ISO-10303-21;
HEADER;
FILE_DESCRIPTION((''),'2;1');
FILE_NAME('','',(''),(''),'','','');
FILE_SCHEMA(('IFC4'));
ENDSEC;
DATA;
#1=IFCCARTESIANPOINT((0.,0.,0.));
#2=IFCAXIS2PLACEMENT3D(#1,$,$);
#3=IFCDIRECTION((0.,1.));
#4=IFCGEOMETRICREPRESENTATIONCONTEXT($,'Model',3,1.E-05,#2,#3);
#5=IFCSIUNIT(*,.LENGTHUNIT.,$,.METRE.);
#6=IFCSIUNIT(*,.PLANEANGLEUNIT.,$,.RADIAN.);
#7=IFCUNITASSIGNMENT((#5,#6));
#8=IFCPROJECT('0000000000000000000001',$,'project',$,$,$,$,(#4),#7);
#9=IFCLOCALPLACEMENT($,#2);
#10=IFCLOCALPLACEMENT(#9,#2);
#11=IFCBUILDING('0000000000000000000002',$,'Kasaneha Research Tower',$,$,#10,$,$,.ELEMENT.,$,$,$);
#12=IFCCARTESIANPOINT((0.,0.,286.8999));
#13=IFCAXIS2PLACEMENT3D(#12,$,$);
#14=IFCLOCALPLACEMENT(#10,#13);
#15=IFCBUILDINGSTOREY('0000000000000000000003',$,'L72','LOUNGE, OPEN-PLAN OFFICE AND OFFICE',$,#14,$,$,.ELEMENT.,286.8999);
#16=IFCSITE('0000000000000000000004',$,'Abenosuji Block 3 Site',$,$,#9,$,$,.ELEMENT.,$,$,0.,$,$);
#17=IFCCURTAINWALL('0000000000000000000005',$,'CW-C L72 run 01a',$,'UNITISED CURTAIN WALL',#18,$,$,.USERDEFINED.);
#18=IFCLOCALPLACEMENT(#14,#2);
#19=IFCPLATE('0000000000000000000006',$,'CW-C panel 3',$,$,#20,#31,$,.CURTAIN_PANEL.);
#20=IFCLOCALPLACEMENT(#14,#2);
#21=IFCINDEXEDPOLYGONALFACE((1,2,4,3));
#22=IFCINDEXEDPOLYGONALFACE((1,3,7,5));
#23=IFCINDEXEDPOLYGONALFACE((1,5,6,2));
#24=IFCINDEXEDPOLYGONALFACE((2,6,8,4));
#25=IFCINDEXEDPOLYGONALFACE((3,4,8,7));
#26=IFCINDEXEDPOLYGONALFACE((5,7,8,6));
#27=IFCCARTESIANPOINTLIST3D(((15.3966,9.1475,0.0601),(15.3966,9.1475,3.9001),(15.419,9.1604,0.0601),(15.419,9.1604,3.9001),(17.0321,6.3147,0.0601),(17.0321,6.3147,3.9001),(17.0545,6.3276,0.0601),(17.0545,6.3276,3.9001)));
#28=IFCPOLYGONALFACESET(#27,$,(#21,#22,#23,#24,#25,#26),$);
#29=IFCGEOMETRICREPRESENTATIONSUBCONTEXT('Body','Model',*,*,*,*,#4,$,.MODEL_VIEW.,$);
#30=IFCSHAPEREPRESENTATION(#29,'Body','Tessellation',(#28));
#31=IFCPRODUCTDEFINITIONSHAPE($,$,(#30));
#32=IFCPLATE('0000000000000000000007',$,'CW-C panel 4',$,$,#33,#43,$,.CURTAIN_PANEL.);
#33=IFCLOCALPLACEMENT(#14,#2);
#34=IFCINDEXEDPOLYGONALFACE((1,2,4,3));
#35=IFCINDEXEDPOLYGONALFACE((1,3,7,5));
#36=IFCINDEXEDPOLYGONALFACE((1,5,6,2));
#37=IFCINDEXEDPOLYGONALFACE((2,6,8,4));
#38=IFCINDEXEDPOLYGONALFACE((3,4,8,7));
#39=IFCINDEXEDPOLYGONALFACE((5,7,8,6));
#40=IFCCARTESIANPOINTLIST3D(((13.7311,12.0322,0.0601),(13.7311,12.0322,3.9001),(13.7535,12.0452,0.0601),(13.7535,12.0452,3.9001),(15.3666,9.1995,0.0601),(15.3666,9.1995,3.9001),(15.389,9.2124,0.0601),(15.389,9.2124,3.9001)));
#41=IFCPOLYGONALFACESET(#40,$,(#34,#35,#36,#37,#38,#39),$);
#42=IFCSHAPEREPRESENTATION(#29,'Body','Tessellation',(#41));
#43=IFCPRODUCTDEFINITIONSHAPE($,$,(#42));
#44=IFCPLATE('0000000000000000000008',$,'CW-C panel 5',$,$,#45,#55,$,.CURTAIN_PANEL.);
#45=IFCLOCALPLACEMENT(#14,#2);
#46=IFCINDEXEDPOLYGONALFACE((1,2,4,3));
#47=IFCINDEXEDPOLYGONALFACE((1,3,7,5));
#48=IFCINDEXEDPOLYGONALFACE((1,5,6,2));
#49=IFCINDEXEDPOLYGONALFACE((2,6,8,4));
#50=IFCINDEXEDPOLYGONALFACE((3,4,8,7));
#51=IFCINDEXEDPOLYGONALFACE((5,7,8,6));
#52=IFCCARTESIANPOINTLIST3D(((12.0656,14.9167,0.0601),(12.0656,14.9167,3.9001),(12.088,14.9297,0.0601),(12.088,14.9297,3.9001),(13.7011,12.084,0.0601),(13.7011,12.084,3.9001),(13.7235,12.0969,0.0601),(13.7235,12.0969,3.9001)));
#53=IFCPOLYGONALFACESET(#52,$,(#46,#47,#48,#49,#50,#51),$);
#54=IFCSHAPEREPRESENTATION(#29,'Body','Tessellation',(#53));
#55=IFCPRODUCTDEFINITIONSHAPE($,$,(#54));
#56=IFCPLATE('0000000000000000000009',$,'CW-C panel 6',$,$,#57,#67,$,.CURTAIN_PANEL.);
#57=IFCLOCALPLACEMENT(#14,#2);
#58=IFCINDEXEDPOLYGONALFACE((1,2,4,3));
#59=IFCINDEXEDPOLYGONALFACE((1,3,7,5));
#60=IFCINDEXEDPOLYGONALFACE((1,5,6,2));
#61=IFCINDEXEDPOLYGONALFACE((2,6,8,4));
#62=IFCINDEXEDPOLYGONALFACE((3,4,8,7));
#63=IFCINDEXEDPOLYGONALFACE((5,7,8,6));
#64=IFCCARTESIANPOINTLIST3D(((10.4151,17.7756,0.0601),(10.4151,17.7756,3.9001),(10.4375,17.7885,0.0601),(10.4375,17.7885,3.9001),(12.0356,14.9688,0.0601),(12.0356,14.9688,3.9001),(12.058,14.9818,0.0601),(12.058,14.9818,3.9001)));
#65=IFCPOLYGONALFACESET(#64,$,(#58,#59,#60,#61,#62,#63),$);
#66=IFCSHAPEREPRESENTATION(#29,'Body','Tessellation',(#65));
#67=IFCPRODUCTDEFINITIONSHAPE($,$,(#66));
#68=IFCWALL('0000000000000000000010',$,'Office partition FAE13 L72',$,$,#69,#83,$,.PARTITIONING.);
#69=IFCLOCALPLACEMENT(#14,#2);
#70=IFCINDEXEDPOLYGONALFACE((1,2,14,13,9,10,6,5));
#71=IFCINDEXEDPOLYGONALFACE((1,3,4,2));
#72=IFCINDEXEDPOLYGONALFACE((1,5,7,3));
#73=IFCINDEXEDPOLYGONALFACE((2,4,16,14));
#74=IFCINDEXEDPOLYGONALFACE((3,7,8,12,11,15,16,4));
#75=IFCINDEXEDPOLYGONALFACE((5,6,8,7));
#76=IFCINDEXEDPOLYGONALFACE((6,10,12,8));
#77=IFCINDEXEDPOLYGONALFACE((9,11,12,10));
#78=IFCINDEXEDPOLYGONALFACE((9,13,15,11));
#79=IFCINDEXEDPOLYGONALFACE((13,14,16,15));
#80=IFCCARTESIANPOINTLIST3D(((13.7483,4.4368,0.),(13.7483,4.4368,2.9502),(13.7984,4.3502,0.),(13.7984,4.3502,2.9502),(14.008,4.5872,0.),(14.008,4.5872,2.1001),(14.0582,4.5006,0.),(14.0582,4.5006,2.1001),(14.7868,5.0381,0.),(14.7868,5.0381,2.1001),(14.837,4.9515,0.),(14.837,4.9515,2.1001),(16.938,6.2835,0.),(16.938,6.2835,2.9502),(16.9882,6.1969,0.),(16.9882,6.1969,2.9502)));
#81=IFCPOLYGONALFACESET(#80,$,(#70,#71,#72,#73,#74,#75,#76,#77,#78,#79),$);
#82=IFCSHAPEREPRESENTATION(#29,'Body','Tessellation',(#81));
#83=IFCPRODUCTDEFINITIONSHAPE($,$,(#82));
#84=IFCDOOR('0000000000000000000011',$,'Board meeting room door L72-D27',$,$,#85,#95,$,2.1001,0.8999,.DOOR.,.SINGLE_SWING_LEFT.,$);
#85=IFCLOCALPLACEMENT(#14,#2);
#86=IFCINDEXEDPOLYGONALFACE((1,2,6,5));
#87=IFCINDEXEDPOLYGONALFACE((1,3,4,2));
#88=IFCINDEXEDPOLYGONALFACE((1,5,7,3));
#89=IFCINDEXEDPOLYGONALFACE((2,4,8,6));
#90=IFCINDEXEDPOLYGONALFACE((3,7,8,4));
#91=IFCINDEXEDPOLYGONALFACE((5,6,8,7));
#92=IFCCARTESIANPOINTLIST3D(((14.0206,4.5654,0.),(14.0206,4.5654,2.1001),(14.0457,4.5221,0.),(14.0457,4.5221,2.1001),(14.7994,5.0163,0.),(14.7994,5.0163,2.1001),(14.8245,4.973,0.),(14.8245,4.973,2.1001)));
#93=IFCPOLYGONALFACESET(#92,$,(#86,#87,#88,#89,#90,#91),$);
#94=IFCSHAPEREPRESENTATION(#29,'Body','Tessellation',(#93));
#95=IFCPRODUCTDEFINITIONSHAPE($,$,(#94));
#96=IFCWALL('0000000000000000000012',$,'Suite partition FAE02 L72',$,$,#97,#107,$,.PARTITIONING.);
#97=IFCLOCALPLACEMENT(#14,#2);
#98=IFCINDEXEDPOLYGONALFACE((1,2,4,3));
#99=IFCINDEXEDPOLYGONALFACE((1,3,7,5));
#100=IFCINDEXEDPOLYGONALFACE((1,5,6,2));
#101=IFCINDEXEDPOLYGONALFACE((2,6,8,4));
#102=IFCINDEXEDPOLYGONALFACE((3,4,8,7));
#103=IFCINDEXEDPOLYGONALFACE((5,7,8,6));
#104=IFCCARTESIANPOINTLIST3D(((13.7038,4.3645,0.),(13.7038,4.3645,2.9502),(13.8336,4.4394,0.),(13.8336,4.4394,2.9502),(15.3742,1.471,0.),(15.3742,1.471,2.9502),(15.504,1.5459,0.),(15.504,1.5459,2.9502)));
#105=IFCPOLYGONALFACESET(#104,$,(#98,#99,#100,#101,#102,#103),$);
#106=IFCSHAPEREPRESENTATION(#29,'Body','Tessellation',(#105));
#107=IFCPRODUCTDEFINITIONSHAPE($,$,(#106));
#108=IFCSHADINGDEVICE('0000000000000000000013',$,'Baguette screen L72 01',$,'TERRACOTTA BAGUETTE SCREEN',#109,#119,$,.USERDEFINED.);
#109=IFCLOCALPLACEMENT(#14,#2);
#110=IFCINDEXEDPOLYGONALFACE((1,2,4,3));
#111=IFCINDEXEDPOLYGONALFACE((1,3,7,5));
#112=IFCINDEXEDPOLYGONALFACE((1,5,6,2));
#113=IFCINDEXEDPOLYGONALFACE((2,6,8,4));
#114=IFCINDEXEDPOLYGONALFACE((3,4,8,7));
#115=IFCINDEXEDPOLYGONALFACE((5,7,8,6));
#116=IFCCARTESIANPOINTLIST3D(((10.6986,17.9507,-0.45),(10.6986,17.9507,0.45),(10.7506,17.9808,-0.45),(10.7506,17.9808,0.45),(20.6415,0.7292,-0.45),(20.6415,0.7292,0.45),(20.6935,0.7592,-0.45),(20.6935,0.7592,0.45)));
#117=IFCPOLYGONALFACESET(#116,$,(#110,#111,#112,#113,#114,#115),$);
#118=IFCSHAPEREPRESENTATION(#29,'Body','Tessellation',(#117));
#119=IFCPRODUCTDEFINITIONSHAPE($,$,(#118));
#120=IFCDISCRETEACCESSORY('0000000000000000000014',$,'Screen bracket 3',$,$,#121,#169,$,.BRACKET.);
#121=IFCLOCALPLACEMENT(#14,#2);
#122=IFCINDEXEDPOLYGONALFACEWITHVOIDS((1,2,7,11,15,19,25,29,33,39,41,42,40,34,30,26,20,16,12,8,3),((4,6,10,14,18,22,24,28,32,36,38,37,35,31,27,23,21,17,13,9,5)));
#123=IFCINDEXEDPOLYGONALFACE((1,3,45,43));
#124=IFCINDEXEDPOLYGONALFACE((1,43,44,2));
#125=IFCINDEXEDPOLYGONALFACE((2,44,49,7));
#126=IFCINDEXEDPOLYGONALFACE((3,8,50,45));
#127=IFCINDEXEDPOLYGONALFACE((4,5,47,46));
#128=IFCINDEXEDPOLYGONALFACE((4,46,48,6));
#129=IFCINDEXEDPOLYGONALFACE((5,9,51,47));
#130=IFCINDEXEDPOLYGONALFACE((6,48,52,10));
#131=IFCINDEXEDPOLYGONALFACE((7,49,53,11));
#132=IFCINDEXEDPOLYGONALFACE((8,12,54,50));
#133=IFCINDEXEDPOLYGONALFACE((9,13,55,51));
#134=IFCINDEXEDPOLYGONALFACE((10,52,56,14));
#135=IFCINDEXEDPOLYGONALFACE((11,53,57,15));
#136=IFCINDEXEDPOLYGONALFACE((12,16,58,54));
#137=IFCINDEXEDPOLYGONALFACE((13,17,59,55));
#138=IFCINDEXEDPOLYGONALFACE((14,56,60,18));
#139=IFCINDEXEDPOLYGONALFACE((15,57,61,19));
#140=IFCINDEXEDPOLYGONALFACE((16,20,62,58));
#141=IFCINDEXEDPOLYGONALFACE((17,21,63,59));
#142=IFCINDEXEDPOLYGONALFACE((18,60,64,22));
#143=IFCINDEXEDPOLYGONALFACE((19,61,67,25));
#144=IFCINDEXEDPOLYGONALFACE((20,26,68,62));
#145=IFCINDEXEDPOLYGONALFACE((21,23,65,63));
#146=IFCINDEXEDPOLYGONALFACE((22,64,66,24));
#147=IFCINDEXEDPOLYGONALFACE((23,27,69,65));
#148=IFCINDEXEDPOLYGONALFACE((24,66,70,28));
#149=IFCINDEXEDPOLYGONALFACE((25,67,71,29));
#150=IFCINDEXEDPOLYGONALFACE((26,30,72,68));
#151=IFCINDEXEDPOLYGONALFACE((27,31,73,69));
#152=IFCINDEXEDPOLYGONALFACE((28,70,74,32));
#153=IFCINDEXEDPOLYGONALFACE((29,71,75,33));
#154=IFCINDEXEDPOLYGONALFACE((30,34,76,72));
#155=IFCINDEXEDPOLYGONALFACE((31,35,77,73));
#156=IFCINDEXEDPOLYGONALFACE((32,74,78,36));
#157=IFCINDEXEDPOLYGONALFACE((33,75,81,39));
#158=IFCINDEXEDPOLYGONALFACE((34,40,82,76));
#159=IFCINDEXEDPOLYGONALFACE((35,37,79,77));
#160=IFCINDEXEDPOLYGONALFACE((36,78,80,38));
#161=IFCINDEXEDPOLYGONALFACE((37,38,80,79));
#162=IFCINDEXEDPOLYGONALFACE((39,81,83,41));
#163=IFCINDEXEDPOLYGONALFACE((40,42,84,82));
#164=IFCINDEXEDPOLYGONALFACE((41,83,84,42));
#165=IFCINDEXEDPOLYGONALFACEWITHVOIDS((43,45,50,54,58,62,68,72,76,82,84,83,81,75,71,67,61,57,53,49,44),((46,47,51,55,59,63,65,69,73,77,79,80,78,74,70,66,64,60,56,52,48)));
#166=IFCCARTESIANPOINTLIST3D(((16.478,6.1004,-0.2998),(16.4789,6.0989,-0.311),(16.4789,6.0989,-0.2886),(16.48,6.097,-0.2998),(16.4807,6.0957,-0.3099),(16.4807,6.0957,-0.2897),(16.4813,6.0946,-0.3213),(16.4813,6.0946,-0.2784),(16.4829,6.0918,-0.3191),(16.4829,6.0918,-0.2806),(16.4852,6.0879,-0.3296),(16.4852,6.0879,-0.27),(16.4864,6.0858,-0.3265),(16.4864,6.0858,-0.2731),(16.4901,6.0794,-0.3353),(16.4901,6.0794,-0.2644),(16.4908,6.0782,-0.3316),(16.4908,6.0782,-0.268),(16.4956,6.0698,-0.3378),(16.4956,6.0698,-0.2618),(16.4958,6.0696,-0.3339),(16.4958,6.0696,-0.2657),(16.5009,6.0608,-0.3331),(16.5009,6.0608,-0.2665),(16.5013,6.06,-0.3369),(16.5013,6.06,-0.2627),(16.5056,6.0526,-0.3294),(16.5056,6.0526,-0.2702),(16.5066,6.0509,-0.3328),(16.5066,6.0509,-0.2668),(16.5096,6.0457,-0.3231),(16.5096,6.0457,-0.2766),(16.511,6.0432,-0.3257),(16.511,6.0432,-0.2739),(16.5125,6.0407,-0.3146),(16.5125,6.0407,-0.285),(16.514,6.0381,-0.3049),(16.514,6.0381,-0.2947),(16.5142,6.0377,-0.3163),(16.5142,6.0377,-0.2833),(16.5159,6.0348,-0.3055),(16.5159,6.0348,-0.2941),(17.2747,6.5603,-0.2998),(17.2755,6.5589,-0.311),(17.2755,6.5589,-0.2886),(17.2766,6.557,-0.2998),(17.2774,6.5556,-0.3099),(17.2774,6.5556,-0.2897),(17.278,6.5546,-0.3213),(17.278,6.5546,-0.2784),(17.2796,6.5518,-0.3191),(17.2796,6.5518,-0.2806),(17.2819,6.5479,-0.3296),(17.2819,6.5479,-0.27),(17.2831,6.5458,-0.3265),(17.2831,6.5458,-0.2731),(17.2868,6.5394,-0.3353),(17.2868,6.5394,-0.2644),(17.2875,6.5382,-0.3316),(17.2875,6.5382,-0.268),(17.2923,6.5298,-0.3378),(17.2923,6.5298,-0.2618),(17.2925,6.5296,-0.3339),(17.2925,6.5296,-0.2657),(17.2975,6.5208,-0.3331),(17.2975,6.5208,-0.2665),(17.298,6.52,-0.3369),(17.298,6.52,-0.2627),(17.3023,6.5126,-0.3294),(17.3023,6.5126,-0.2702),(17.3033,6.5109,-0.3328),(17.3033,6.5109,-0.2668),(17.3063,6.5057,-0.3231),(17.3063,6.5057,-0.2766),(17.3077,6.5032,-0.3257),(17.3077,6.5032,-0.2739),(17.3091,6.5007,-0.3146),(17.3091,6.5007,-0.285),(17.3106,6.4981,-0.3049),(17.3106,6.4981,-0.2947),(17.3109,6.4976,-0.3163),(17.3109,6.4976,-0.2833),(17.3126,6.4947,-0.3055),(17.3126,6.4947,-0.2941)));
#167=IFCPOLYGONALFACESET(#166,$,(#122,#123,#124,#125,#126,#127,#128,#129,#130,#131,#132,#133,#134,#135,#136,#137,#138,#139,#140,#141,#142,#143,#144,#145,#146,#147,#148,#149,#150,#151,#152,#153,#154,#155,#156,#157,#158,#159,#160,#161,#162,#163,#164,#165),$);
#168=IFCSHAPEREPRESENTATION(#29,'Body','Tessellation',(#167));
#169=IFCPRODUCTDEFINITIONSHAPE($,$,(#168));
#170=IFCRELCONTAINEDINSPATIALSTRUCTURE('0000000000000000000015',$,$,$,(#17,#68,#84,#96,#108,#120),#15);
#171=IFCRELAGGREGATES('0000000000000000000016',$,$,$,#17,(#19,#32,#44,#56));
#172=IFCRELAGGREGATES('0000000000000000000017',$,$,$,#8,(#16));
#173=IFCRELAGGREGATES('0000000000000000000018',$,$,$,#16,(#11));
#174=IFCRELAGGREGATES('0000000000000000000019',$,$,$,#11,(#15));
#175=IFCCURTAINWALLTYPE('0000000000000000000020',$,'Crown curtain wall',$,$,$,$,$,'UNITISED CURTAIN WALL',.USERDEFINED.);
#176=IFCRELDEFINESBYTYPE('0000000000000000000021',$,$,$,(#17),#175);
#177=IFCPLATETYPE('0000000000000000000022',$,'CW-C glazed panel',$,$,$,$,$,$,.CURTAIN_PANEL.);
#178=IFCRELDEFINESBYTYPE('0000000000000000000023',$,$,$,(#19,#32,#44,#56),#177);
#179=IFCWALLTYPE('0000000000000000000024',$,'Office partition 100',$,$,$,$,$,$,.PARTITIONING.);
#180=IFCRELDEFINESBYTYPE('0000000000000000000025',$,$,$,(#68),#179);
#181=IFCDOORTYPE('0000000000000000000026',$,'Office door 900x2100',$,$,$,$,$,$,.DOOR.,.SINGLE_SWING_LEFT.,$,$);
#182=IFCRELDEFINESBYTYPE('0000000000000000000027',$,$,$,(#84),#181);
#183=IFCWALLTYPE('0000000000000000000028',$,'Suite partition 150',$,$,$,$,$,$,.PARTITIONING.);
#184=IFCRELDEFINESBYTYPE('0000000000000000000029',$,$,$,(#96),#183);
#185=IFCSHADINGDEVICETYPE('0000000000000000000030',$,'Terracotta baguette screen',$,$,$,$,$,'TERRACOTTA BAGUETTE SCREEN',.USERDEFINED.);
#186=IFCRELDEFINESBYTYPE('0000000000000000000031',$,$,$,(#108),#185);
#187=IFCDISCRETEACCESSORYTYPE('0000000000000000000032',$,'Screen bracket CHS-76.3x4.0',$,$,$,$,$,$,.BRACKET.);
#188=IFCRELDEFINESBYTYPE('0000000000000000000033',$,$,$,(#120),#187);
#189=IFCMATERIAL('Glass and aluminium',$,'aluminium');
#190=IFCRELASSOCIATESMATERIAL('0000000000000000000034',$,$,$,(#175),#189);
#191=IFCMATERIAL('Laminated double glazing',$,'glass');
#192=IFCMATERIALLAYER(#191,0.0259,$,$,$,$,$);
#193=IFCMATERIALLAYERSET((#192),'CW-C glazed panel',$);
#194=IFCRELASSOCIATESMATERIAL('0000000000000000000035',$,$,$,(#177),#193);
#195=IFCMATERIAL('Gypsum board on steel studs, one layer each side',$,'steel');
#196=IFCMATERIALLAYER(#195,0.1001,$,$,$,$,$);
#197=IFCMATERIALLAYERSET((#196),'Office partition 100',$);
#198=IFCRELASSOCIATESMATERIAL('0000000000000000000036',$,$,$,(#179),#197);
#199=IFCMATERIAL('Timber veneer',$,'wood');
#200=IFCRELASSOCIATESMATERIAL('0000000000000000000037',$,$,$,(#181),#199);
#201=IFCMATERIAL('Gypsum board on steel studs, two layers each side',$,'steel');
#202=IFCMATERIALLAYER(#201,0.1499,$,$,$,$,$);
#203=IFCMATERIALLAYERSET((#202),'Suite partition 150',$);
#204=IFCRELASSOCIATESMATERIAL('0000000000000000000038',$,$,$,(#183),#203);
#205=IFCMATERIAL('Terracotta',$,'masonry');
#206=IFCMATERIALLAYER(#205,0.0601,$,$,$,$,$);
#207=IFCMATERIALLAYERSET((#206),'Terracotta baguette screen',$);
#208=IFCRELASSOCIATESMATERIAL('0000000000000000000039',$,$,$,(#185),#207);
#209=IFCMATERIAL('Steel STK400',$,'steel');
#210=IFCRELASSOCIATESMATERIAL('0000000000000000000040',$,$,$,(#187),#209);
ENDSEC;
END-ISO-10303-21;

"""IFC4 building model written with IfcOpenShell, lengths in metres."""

from ifc_helpers import new_model, si_unit, direction, frame, frame_2d, origin, origin_2d, place, context, subcontext, project, spatial, rectangle, hollow_circle, extrude, material, layer, layer_set, material_profile, profile_set, type_object, element, fill, aggregate, save


model = new_model("IFC4")

# Units and contexts
model_context = context("Model", 3, precision=1e-05, world=origin(), true_north=direction((0.0, 1.0)))
body_context = subcontext(model_context, "Body", "Model", "MODEL_VIEW")
ifc_project = project(units=[si_unit("LENGTHUNIT", "METRE"), si_unit("PLANEANGLEUNIT", "RADIAN")], contexts=[model_context])

# Site, building, storey
site_placement = place(None, origin())
site = spatial("IfcSite", under=ifc_project, at=site_placement, Name="Abenosuji Block 3 Site", CompositionType="ELEMENT", RefElevation=0.0)
building_placement = place(site_placement, origin())
building = spatial("IfcBuilding", under=site, at=building_placement, Name="Kasaneha Research Tower", CompositionType="ELEMENT")
storey_placement = place(building_placement, frame((0.0, 0.0, 286.8999)))
storey = spatial("IfcBuildingStorey", under=building, at=storey_placement, Name="L72", Description="LOUNGE, OPEN-PLAN OFFICE AND OFFICE", CompositionType="ELEMENT", Elevation=286.8999)

# Curtain wall
ifc_material_1 = material(Name="Glass and aluminium", Category="aluminium")
curtain_wall_type = type_object("IfcCurtainWallType", Name="Crown curtain wall", ElementType="UNITISED CURTAIN WALL", PredefinedType="USERDEFINED", material=ifc_material_1)
curtain_wall_1_placement = place(storey_placement, origin())
curtain_wall_1 = element("IfcCurtainWall", 1, at=curtain_wall_1_placement, inside=storey, type_object=curtain_wall_type, Name="CW-C L72 run 01a", ObjectType="UNITISED CURTAIN WALL", PredefinedType="USERDEFINED")

# Plates
ifc_material_2 = material(Name="Laminated double glazing", Category="glass")
ifc_layer_1 = layer(ifc_material_2, 0.0259)
ifc_layer_set_1 = layer_set([ifc_layer_1], Name="CW-C glazed panel")
plate_type = type_object("IfcPlateType", Name="CW-C glazed panel", PredefinedType="CURTAIN_PANEL", material=ifc_layer_set_1)
plate_1_placement = place(storey_placement, frame((16.2256, 7.7375, 0.0601), z_axis=(0.0, 0.0, 1.0), x_axis=(-0.5, 0.866025, 0.0)))
plate_1 = element("IfcPlate", 2, at=plate_1_placement, type_object=plate_type, Name="CW-C panel 3", PredefinedType="CURTAIN_PANEL", context=body_context, shape_type="SweptSolid", body=[
    extrude(rectangle(XDim=3.271, YDim=0.0259, at=origin_2d()), origin(), (0.0, 0.0, 1.0), 3.8401),
])
plate_2_placement = place(storey_placement, frame((14.5601, 10.6223, 0.0601), z_axis=(0.0, 0.0, 1.0), x_axis=(-0.5, 0.866025, 0.0)))
plate_2 = element("IfcPlate", 3, at=plate_2_placement, type_object=plate_type, Name="CW-C panel 4", PredefinedType="CURTAIN_PANEL", context=body_context, shape_type="SweptSolid", body=[
    extrude(rectangle(XDim=3.271, YDim=0.0259, at=origin_2d()), origin(), (0.0, 0.0, 1.0), 3.8401),
])
plate_3_placement = place(storey_placement, frame((12.8945, 13.5068, 0.0601), z_axis=(0.0, 0.0, 1.0), x_axis=(-0.5, 0.866025, 0.0)))
plate_3 = element("IfcPlate", 4, at=plate_3_placement, type_object=plate_type, Name="CW-C panel 5", PredefinedType="CURTAIN_PANEL", context=body_context, shape_type="SweptSolid", body=[
    extrude(rectangle(XDim=3.271, YDim=0.0259, at=origin_2d()), origin(), (0.0, 0.0, 1.0), 3.8401),
])
plate_4_placement = place(storey_placement, frame((11.2366, 16.3787, 0.0601), z_axis=(0.0, 0.0, 1.0), x_axis=(-0.5, 0.866025, 0.0)))
plate_4 = element("IfcPlate", 5, at=plate_4_placement, type_object=plate_type, Name="CW-C panel 6", PredefinedType="CURTAIN_PANEL", context=body_context, shape_type="SweptSolid", body=[
    extrude(rectangle(XDim=3.241, YDim=0.0259, at=origin_2d()), origin(), (0.0, 0.0, 1.0), 3.8401),
])
aggregate(curtain_wall_1, [plate_1, plate_2, plate_3, plate_4])

# Wall, opening, door
ifc_material_3 = material(Name="Gypsum board on steel studs, one layer each side", Category="steel")
ifc_layer_2 = layer(ifc_material_3, 0.1001)
ifc_layer_set_2 = layer_set([ifc_layer_2], Name="Office partition 100")
wall_type_1 = type_object("IfcWallType", Name="Office partition 100", PredefinedType="PARTITIONING", material=ifc_layer_set_2)
wall_1_placement = place(storey_placement, frame((13.7734, 4.3936, 0.0), z_axis=(0.0, 0.0, 1.0), x_axis=(0.865425, 0.501039, 0.0)))
wall_1 = element("IfcWall", 6, at=wall_1_placement, inside=storey, type_object=wall_type_1, Name="Office partition FAE13 L72", PredefinedType="PARTITIONING", context=body_context, shape_type="SweptSolid", body=[
    extrude(rectangle(XDim=3.6858, YDim=0.1001, at=frame_2d((1.8428, 0.0))), origin(), (0.0, 0.0, 1.0), 2.9502),
])
opening_placement = place(wall_1_placement, frame((0.3, 0.0, 0.0)))
opening = element("IfcOpeningElement", 7, at=opening_placement, cuts=wall_1, PredefinedType="OPENING", context=body_context, shape_type="SweptSolid", body=[
    extrude(rectangle(XDim=0.8999, YDim=2.1001, at=frame_2d((0.45, 1.05))), frame((0.0, 0.0601, 0.0), z_axis=(0.0, -1.0, 0.0), x_axis=(1.0, 0.0, 0.0)), (0.0, 0.0, 1.0), 0.1201),
])
ifc_material_4 = material(Name="Timber veneer", Category="wood")
door_type = type_object("IfcDoorType", Name="Office door 900x2100", OperationType="SINGLE_SWING_LEFT", PredefinedType="DOOR", material=ifc_material_4)
door_placement = place(opening_placement, origin())
door = element("IfcDoor", 8, at=door_placement, inside=storey, type_object=door_type, Name="Board meeting room door L72-D27", OperationType="SINGLE_SWING_LEFT", OverallHeight=2.1001, OverallWidth=0.8999, PredefinedType="DOOR", context=body_context, shape_type="SweptSolid", body=[
    extrude(rectangle(XDim=0.8999, YDim=2.1001, at=frame_2d((0.45, 1.05))), frame((0.0, 0.0249, 0.0), z_axis=(0.0, -1.0, 0.0), x_axis=(1.0, 0.0, 0.0)), (0.0, 0.0, 1.0), 0.05),
])
fill(opening, door)

# Wall
ifc_material_5 = material(Name="Gypsum board on steel studs, two layers each side", Category="steel")
ifc_layer_3 = layer(ifc_material_5, 0.1499)
ifc_layer_set_3 = layer_set([ifc_layer_3], Name="Suite partition 150")
wall_type_2 = type_object("IfcWallType", Name="Suite partition 150", PredefinedType="PARTITIONING", material=ifc_layer_set_3)
wall_2_placement = place(storey_placement, frame((13.7688, 4.4019, 0.0), z_axis=(0.0, 0.0, 1.0), x_axis=(0.499959, -0.866049, 0.0)))
element("IfcWall", 9, at=wall_2_placement, inside=storey, type_object=wall_type_2, Name="Suite partition FAE02 L72", PredefinedType="PARTITIONING", context=body_context, shape_type="SweptSolid", body=[
    extrude(rectangle(XDim=3.3411, YDim=0.1499, at=frame_2d((1.6704, 0.0))), origin(), (0.0, 0.0, 1.0), 2.9502),
])

# Shading device
ifc_material_6 = material(Name="Terracotta", Category="masonry")
ifc_layer_4 = layer(ifc_material_6, 0.0601)
ifc_layer_set_4 = layer_set([ifc_layer_4], Name="Terracotta baguette screen")
shading_device_type = type_object("IfcShadingDeviceType", Name="Terracotta baguette screen", ElementType="TERRACOTTA BAGUETTE SCREEN", PredefinedType="USERDEFINED", material=ifc_layer_set_4)
shading_device_placement = place(storey_placement, frame((15.696, 9.355, -0.45), z_axis=(0.0, 0.0, 1.0), x_axis=(-0.5, 0.866025, 0.0)))
element("IfcShadingDevice", 10, at=shading_device_placement, inside=storey, type_object=shading_device_type, Name="Baguette screen L72 01", ObjectType="TERRACOTTA BAGUETTE SCREEN", PredefinedType="USERDEFINED", context=body_context, shape_type="SweptSolid", body=[
    extrude(rectangle(XDim=19.8857, YDim=0.0601, at=origin_2d()), origin(), (0.0, 0.0, 1.0), 0.8999),
])

# Discrete accessory
ifc_material_7 = material(Name="Steel STK400", Category="steel")
ifc_material_profile_1 = material_profile(ifc_material_7, hollow_circle(Radius=0.0381, WallThickness=0.0039, at=origin_2d()), Name="CHS-76.3x4.0")
ifc_profile_set_1 = profile_set([ifc_material_profile_1], Name="Steel STK400")
discrete_accessory_type = type_object("IfcDiscreteAccessoryType", Name="Screen bracket CHS-76.3x4.0", PredefinedType="BRACKET", material=ifc_profile_set_1)
for number, where, z_axis, x_axis, name in (
    (11, (16.4971, 6.0674, -0.2998), (0.866013, 0.500021, 0.0), (-0.500021, 0.866013, 0.0), "Screen bracket 3"),
):
    element("IfcDiscreteAccessory", number, at=place(storey_placement, frame(where, z_axis=z_axis, x_axis=x_axis)), inside=storey, type_object=discrete_accessory_type, Name=name, PredefinedType="BRACKET", context=body_context, shape_type="SweptSolid", body=[
        extrude(hollow_circle(Radius=0.0381, WallThickness=0.0039, at=origin_2d()), origin(), (0.0, 0.0, 1.0), 0.9199),
    ])

save(model, "model.ifc")
